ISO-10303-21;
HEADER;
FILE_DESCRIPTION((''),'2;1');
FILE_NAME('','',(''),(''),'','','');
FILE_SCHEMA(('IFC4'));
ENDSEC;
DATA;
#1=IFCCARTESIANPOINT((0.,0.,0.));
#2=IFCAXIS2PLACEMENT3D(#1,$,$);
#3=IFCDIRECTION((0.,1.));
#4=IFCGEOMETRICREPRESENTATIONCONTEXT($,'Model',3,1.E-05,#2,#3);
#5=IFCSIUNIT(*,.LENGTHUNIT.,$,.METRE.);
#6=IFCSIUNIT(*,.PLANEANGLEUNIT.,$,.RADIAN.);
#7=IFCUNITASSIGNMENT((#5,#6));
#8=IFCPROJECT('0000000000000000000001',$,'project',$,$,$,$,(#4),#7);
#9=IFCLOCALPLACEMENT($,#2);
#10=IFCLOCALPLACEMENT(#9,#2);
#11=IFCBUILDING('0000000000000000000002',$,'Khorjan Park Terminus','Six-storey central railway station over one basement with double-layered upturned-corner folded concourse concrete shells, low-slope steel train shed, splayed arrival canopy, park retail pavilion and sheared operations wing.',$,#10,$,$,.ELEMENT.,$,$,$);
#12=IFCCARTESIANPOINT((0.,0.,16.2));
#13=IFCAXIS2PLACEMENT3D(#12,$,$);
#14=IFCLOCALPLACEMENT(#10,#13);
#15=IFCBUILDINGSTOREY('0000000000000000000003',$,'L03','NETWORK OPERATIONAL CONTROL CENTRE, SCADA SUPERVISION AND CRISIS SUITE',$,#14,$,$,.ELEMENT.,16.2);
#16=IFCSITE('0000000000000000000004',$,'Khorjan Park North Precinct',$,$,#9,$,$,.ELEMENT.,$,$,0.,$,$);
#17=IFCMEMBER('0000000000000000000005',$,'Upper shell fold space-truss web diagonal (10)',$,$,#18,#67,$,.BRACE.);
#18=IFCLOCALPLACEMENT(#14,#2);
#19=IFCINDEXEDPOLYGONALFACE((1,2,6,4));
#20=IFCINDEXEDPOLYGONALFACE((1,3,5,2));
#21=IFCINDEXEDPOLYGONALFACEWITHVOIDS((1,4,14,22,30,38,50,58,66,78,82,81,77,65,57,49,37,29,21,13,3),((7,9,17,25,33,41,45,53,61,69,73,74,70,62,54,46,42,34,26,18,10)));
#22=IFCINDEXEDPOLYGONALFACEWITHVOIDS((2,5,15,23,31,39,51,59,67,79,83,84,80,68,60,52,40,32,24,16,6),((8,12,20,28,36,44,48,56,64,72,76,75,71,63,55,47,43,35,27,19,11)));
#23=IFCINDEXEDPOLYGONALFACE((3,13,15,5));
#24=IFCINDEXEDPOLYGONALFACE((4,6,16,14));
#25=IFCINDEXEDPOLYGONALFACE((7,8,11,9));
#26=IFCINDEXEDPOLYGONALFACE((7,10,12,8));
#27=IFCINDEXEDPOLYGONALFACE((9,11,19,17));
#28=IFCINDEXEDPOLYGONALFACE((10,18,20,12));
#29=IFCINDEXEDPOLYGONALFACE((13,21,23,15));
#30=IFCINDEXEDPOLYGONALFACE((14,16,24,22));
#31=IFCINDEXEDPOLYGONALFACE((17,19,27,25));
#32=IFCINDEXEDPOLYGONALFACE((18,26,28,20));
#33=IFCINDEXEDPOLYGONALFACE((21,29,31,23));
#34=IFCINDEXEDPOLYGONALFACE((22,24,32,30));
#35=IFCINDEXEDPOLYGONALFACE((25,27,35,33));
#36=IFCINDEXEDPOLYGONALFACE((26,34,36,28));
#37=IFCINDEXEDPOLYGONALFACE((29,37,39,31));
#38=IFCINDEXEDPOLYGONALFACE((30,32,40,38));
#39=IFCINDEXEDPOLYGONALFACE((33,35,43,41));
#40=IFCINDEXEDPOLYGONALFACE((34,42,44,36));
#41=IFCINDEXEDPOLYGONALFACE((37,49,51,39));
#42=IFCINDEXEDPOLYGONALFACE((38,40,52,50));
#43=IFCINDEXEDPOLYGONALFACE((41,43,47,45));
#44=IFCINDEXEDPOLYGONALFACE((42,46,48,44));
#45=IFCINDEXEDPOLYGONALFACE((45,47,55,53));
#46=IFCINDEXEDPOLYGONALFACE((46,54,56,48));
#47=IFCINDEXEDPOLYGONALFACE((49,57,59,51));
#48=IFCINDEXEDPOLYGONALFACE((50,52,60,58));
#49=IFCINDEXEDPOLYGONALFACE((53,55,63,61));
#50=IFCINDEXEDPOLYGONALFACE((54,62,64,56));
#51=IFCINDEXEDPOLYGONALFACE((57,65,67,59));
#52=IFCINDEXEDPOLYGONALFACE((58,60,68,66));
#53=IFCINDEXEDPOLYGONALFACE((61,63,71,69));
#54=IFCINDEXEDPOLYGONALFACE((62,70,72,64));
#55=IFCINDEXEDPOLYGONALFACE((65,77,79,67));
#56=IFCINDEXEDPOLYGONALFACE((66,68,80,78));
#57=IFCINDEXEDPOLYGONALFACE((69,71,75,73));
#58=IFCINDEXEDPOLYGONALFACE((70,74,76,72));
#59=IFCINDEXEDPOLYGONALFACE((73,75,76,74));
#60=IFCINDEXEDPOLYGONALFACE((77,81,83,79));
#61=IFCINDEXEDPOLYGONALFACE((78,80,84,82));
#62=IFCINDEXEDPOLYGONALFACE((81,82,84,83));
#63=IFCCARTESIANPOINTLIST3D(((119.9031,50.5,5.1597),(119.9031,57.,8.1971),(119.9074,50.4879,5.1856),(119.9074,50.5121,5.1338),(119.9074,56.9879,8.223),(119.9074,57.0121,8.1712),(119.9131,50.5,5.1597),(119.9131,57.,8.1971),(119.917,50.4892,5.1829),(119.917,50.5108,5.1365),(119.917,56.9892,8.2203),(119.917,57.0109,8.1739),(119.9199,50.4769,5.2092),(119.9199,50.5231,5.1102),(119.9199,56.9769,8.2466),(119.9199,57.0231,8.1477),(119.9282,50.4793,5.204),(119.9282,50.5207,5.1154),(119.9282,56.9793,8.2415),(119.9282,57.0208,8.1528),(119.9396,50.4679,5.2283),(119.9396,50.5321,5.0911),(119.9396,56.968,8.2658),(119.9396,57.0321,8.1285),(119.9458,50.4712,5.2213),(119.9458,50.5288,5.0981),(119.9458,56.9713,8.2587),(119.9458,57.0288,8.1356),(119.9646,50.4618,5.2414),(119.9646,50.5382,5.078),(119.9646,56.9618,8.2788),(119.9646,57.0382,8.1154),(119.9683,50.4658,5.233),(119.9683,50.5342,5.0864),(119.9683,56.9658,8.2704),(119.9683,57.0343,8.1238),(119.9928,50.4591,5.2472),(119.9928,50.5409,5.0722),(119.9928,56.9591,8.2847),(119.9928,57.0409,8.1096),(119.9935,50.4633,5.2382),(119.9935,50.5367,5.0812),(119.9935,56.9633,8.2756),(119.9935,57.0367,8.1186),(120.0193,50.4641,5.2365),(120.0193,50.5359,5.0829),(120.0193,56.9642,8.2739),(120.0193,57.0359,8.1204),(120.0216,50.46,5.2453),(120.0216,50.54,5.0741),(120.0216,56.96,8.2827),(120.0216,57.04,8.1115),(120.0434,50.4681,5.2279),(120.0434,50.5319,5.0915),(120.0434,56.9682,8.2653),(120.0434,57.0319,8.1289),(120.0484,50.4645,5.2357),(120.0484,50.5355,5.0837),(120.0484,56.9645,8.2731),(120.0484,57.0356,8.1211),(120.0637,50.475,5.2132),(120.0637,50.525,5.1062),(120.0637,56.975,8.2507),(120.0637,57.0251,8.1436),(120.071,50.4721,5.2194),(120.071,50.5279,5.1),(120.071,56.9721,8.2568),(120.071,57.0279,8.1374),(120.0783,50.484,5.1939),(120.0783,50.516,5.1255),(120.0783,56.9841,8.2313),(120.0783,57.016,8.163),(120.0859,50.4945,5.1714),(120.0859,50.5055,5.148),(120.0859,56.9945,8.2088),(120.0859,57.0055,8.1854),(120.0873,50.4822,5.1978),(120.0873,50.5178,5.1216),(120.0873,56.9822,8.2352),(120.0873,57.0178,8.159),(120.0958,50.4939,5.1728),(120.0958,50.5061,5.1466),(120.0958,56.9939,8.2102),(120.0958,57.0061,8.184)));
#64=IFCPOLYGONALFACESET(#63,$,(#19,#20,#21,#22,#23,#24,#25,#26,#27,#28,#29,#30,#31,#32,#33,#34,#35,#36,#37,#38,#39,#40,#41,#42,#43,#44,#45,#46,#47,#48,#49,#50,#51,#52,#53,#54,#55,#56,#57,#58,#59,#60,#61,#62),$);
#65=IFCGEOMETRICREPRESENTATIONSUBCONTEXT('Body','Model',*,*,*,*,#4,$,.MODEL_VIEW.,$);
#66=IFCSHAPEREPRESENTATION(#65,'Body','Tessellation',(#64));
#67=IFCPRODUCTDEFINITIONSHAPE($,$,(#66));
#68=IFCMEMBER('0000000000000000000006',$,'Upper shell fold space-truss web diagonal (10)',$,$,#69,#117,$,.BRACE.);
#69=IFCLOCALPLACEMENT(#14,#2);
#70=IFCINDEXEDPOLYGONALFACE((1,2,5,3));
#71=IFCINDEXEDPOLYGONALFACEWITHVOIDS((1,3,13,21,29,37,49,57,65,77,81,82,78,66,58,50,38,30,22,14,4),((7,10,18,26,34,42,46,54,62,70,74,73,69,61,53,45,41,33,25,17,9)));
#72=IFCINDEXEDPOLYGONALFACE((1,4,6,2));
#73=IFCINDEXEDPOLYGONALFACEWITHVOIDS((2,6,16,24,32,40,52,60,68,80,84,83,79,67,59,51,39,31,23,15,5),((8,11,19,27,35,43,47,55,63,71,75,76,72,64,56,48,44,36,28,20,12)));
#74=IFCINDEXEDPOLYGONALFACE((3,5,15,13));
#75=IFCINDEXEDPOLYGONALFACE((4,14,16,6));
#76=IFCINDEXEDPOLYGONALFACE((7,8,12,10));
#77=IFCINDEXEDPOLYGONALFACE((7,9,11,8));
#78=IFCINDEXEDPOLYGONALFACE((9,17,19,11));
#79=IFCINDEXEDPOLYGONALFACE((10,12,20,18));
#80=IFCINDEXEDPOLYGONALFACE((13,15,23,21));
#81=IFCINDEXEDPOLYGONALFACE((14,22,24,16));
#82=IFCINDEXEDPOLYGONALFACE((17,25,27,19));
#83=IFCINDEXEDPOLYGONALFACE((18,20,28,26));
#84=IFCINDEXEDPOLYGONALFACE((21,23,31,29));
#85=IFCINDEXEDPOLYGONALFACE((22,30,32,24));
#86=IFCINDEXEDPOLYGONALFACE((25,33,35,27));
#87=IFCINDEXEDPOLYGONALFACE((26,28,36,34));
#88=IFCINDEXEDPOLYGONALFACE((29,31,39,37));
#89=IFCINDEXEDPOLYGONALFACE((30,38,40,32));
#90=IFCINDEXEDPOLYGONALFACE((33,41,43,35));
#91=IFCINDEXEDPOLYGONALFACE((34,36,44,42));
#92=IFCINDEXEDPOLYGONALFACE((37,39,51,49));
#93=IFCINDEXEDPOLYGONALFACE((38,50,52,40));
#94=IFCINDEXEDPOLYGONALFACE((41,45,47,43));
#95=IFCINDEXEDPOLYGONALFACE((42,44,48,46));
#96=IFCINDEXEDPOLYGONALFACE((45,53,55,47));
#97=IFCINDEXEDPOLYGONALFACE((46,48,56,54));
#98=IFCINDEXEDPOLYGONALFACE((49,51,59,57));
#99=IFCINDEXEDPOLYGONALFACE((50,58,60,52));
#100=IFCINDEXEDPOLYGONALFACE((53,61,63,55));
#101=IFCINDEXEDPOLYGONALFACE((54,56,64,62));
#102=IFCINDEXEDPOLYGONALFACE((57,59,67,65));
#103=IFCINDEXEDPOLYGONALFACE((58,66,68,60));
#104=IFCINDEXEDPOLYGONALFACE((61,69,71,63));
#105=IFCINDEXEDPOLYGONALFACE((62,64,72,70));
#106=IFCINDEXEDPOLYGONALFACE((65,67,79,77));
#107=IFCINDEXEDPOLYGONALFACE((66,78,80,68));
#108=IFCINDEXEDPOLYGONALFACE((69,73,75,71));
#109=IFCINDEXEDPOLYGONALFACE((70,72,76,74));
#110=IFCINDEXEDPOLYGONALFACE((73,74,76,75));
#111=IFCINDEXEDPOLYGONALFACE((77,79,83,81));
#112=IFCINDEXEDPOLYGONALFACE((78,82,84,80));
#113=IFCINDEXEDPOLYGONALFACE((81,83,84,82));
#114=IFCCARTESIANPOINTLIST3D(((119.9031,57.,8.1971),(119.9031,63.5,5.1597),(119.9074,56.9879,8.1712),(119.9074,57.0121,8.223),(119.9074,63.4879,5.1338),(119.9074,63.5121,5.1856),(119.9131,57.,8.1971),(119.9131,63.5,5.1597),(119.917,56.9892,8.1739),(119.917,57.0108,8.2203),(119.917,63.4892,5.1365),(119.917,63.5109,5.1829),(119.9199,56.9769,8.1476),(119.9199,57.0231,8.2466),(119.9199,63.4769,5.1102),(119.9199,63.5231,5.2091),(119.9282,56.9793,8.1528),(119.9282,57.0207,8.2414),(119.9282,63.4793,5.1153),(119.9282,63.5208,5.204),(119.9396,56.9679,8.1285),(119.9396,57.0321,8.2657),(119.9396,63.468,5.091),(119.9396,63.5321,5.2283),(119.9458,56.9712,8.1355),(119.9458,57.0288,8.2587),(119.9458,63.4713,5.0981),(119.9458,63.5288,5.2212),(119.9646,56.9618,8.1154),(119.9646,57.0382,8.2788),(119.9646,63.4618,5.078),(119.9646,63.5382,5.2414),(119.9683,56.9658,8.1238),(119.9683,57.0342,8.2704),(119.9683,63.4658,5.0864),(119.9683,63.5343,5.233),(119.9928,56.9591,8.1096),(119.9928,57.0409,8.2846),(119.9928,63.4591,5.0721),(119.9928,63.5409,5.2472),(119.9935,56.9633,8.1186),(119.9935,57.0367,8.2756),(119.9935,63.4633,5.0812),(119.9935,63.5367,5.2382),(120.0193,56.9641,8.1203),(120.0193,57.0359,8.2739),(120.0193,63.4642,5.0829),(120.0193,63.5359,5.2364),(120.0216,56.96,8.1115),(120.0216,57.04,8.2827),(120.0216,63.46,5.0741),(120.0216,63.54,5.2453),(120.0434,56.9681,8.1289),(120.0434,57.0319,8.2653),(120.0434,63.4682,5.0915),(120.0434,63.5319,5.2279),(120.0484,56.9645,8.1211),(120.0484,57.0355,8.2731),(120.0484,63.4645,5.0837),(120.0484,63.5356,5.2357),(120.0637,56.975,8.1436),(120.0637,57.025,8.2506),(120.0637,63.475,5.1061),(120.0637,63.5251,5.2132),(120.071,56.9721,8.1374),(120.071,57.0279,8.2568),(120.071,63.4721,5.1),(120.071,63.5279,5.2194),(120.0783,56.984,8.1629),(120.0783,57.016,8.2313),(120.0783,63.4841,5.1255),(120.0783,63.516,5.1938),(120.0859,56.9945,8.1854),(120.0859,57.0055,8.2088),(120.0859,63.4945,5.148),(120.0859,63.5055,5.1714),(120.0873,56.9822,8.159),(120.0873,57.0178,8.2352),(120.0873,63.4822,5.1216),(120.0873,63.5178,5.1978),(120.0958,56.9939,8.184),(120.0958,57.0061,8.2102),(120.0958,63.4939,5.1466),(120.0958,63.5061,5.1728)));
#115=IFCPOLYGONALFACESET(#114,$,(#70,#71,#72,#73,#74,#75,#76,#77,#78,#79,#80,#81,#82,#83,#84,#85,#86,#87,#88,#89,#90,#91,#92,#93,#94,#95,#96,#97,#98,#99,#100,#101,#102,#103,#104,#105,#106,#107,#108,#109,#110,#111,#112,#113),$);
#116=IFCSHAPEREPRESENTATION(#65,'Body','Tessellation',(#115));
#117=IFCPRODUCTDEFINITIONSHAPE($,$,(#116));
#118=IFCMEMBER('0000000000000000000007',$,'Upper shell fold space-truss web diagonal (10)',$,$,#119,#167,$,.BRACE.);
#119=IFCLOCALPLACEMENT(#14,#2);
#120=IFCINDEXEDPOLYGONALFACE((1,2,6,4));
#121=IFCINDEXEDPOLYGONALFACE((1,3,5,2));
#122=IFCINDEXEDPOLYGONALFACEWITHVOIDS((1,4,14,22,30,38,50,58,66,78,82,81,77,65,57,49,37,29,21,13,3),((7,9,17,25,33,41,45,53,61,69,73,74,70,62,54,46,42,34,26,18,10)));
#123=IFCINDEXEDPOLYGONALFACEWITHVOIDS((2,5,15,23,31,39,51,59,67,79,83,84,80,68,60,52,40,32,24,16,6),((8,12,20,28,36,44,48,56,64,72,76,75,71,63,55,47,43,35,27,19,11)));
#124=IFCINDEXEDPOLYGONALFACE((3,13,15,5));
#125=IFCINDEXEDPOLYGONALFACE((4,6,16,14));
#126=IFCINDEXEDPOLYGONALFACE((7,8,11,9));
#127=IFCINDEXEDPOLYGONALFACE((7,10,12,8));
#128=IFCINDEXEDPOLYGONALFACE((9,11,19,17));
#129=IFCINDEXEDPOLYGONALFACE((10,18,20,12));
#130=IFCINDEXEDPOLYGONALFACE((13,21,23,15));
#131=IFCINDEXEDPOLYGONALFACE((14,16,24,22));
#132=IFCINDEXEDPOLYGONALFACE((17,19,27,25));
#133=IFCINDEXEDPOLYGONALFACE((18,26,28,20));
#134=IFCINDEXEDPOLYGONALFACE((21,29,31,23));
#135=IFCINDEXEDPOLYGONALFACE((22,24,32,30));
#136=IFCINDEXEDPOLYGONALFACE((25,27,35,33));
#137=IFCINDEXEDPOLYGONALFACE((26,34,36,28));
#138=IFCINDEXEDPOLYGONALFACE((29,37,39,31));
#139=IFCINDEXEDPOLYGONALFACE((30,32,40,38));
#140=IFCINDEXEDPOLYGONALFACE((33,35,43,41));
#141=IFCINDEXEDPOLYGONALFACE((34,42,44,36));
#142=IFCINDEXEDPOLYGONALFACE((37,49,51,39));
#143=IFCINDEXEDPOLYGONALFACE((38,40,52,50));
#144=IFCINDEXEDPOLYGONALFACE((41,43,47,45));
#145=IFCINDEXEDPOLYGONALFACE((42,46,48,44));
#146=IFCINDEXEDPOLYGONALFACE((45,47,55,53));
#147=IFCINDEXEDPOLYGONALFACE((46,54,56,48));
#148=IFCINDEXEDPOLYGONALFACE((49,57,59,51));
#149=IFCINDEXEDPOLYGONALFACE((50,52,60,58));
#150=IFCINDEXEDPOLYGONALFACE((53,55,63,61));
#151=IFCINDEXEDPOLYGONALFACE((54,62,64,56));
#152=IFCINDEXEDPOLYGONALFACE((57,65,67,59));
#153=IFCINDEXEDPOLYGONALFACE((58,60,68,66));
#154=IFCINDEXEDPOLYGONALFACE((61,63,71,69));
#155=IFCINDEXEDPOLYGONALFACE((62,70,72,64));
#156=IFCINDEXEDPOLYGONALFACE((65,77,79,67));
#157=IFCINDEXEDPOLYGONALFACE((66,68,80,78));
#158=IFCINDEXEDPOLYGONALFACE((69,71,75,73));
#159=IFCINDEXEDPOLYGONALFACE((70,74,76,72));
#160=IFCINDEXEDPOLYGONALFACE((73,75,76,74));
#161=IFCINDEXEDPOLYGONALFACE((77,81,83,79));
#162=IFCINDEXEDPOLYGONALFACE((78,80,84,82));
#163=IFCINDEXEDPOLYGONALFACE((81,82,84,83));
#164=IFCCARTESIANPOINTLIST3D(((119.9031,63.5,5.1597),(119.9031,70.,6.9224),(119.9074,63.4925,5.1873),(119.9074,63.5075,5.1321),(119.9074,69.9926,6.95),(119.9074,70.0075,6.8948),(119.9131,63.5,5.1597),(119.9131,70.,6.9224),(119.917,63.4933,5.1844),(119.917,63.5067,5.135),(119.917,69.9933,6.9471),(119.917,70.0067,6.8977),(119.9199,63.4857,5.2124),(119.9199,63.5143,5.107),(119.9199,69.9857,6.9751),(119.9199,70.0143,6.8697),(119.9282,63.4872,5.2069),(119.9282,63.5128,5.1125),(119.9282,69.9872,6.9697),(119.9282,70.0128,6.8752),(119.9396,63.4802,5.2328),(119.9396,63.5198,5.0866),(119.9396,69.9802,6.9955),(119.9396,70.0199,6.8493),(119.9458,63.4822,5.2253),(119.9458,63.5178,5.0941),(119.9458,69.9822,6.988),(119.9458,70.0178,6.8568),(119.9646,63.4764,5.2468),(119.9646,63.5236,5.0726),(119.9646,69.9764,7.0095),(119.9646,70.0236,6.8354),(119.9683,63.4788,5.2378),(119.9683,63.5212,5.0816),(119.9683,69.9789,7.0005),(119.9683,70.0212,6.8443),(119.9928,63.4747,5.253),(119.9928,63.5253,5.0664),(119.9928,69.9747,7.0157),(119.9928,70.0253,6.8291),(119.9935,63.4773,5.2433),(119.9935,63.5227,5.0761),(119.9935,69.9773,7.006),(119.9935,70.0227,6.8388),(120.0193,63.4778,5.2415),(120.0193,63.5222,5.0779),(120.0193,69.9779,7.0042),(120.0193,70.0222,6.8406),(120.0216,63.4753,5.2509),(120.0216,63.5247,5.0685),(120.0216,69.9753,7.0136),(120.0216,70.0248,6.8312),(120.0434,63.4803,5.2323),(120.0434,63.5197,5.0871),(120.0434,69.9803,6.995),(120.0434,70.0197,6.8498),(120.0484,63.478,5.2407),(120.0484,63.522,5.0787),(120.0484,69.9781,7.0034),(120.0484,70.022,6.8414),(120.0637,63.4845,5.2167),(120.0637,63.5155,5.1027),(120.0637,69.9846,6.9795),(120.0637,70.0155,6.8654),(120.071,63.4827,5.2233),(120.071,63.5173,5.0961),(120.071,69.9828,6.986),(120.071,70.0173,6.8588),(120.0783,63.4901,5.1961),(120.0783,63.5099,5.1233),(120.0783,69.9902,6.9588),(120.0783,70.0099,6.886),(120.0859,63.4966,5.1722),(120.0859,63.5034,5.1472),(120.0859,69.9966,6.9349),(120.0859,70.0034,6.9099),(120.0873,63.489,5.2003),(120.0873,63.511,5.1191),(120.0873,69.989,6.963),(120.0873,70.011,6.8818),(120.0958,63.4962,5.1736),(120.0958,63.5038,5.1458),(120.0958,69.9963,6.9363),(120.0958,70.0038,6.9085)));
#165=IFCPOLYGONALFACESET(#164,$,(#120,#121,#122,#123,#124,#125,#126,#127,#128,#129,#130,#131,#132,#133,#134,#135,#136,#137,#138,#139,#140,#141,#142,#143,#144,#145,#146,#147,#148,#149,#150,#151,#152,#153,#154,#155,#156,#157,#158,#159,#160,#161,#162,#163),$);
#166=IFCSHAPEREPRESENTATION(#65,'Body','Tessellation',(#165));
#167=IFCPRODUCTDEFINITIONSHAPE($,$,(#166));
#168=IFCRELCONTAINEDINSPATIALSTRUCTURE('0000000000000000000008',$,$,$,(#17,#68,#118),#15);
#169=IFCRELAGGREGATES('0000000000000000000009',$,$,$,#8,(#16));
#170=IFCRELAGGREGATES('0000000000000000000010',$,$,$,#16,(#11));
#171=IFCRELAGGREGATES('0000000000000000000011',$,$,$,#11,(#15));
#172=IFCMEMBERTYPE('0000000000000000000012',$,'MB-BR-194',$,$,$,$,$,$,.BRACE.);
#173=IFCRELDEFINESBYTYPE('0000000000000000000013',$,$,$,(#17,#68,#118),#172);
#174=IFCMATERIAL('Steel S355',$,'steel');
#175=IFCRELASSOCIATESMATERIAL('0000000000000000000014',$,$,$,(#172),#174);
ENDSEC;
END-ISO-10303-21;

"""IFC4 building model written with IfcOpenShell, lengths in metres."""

from ifc_helpers import new_model, si_unit, direction, frame, origin, origin_2d, place, context, subcontext, project, spatial, hollow_circle, extrude, material, material_profile, profile_set, type_object, element, save


model = new_model("IFC4")

# Units and contexts
model_context = context("Model", 3, precision=1e-05, world=origin(), true_north=direction((0.0, 1.0)))
body_context = subcontext(model_context, "Body", "Model", "MODEL_VIEW")
ifc_project = project(units=[si_unit("LENGTHUNIT", "METRE"), si_unit("PLANEANGLEUNIT", "RADIAN")], contexts=[model_context])

# Site, building, storey
site_placement = place(None, origin())
site = spatial("IfcSite", under=ifc_project, at=site_placement, Name="Khorjan Park North Precinct", CompositionType="ELEMENT", RefElevation=0.0)
building_placement = place(site_placement, origin())
building = spatial("IfcBuilding", under=site, at=building_placement, Name="Khorjan Park Terminus", Description="Six-storey central railway station over one basement with double-layered upturned-corner folded concourse concrete shells, low-slope steel train shed, splayed arrival canopy, park retail pavilion and sheared operations wing.", CompositionType="ELEMENT")
storey_placement = place(building_placement, frame((0.0, 0.0, 16.2)))
storey = spatial("IfcBuildingStorey", under=building, at=storey_placement, Name="L03", Description="NETWORK OPERATIONAL CONTROL CENTRE, SCADA SUPERVISION AND CRISIS SUITE", CompositionType="ELEMENT", Elevation=16.2)

# Members
ifc_material = material(Name="Steel S355", Category="steel")
ifc_material_profile_1 = material_profile(ifc_material, hollow_circle(Radius=0.0969, WallThickness=0.01, at=origin_2d()), Name="CHS 193.7x10")
ifc_profile_set_1 = profile_set([ifc_material_profile_1], Name="Steel S355")
member_type_1 = type_object("IfcMemberType", Name="MB-BR-194", PredefinedType="BRACE", material=ifc_profile_set_1)
for number, where, z_axis, x_axis, name in (
    (1, (120.0, 50.5, 5.1597), (0.0, 0.905966, 0.423351), (-1.0, 0.0, 0.0), "Upper shell fold space-truss web diagonal (10)"),
    (2, (120.0, 57.0, 8.1971), (0.0, 0.905966, -0.423351), (-1.0, 0.0, 0.0), "Upper shell fold space-truss web diagonal (10)"),
):
    element("IfcMember", number, at=place(storey_placement, frame(where, z_axis=z_axis, x_axis=x_axis)), inside=storey, type_object=member_type_1, Name=name, PredefinedType="BRACE", context=body_context, shape_type="SweptSolid", body=[
        extrude(hollow_circle(Radius=0.0969, WallThickness=0.01, at=origin_2d()), origin(), (0.0, 0.0, 1.0), 7.1747),
    ])
member_1_placement = place(storey_placement, frame((120.0, 63.5, 5.1597), z_axis=(0.0, 0.965141, 0.261731), x_axis=(-1.0, 0.0, 0.0)))
element("IfcMember", 3, at=member_1_placement, inside=storey, type_object=member_type_1, Name="Upper shell fold space-truss web diagonal (10)", PredefinedType="BRACE", context=body_context, shape_type="SweptSolid", body=[
    extrude(hollow_circle(Radius=0.0969, WallThickness=0.01, at=origin_2d()), origin(), (0.0, 0.0, 1.0), 6.7348),
])

save(model, "model.ifc")
